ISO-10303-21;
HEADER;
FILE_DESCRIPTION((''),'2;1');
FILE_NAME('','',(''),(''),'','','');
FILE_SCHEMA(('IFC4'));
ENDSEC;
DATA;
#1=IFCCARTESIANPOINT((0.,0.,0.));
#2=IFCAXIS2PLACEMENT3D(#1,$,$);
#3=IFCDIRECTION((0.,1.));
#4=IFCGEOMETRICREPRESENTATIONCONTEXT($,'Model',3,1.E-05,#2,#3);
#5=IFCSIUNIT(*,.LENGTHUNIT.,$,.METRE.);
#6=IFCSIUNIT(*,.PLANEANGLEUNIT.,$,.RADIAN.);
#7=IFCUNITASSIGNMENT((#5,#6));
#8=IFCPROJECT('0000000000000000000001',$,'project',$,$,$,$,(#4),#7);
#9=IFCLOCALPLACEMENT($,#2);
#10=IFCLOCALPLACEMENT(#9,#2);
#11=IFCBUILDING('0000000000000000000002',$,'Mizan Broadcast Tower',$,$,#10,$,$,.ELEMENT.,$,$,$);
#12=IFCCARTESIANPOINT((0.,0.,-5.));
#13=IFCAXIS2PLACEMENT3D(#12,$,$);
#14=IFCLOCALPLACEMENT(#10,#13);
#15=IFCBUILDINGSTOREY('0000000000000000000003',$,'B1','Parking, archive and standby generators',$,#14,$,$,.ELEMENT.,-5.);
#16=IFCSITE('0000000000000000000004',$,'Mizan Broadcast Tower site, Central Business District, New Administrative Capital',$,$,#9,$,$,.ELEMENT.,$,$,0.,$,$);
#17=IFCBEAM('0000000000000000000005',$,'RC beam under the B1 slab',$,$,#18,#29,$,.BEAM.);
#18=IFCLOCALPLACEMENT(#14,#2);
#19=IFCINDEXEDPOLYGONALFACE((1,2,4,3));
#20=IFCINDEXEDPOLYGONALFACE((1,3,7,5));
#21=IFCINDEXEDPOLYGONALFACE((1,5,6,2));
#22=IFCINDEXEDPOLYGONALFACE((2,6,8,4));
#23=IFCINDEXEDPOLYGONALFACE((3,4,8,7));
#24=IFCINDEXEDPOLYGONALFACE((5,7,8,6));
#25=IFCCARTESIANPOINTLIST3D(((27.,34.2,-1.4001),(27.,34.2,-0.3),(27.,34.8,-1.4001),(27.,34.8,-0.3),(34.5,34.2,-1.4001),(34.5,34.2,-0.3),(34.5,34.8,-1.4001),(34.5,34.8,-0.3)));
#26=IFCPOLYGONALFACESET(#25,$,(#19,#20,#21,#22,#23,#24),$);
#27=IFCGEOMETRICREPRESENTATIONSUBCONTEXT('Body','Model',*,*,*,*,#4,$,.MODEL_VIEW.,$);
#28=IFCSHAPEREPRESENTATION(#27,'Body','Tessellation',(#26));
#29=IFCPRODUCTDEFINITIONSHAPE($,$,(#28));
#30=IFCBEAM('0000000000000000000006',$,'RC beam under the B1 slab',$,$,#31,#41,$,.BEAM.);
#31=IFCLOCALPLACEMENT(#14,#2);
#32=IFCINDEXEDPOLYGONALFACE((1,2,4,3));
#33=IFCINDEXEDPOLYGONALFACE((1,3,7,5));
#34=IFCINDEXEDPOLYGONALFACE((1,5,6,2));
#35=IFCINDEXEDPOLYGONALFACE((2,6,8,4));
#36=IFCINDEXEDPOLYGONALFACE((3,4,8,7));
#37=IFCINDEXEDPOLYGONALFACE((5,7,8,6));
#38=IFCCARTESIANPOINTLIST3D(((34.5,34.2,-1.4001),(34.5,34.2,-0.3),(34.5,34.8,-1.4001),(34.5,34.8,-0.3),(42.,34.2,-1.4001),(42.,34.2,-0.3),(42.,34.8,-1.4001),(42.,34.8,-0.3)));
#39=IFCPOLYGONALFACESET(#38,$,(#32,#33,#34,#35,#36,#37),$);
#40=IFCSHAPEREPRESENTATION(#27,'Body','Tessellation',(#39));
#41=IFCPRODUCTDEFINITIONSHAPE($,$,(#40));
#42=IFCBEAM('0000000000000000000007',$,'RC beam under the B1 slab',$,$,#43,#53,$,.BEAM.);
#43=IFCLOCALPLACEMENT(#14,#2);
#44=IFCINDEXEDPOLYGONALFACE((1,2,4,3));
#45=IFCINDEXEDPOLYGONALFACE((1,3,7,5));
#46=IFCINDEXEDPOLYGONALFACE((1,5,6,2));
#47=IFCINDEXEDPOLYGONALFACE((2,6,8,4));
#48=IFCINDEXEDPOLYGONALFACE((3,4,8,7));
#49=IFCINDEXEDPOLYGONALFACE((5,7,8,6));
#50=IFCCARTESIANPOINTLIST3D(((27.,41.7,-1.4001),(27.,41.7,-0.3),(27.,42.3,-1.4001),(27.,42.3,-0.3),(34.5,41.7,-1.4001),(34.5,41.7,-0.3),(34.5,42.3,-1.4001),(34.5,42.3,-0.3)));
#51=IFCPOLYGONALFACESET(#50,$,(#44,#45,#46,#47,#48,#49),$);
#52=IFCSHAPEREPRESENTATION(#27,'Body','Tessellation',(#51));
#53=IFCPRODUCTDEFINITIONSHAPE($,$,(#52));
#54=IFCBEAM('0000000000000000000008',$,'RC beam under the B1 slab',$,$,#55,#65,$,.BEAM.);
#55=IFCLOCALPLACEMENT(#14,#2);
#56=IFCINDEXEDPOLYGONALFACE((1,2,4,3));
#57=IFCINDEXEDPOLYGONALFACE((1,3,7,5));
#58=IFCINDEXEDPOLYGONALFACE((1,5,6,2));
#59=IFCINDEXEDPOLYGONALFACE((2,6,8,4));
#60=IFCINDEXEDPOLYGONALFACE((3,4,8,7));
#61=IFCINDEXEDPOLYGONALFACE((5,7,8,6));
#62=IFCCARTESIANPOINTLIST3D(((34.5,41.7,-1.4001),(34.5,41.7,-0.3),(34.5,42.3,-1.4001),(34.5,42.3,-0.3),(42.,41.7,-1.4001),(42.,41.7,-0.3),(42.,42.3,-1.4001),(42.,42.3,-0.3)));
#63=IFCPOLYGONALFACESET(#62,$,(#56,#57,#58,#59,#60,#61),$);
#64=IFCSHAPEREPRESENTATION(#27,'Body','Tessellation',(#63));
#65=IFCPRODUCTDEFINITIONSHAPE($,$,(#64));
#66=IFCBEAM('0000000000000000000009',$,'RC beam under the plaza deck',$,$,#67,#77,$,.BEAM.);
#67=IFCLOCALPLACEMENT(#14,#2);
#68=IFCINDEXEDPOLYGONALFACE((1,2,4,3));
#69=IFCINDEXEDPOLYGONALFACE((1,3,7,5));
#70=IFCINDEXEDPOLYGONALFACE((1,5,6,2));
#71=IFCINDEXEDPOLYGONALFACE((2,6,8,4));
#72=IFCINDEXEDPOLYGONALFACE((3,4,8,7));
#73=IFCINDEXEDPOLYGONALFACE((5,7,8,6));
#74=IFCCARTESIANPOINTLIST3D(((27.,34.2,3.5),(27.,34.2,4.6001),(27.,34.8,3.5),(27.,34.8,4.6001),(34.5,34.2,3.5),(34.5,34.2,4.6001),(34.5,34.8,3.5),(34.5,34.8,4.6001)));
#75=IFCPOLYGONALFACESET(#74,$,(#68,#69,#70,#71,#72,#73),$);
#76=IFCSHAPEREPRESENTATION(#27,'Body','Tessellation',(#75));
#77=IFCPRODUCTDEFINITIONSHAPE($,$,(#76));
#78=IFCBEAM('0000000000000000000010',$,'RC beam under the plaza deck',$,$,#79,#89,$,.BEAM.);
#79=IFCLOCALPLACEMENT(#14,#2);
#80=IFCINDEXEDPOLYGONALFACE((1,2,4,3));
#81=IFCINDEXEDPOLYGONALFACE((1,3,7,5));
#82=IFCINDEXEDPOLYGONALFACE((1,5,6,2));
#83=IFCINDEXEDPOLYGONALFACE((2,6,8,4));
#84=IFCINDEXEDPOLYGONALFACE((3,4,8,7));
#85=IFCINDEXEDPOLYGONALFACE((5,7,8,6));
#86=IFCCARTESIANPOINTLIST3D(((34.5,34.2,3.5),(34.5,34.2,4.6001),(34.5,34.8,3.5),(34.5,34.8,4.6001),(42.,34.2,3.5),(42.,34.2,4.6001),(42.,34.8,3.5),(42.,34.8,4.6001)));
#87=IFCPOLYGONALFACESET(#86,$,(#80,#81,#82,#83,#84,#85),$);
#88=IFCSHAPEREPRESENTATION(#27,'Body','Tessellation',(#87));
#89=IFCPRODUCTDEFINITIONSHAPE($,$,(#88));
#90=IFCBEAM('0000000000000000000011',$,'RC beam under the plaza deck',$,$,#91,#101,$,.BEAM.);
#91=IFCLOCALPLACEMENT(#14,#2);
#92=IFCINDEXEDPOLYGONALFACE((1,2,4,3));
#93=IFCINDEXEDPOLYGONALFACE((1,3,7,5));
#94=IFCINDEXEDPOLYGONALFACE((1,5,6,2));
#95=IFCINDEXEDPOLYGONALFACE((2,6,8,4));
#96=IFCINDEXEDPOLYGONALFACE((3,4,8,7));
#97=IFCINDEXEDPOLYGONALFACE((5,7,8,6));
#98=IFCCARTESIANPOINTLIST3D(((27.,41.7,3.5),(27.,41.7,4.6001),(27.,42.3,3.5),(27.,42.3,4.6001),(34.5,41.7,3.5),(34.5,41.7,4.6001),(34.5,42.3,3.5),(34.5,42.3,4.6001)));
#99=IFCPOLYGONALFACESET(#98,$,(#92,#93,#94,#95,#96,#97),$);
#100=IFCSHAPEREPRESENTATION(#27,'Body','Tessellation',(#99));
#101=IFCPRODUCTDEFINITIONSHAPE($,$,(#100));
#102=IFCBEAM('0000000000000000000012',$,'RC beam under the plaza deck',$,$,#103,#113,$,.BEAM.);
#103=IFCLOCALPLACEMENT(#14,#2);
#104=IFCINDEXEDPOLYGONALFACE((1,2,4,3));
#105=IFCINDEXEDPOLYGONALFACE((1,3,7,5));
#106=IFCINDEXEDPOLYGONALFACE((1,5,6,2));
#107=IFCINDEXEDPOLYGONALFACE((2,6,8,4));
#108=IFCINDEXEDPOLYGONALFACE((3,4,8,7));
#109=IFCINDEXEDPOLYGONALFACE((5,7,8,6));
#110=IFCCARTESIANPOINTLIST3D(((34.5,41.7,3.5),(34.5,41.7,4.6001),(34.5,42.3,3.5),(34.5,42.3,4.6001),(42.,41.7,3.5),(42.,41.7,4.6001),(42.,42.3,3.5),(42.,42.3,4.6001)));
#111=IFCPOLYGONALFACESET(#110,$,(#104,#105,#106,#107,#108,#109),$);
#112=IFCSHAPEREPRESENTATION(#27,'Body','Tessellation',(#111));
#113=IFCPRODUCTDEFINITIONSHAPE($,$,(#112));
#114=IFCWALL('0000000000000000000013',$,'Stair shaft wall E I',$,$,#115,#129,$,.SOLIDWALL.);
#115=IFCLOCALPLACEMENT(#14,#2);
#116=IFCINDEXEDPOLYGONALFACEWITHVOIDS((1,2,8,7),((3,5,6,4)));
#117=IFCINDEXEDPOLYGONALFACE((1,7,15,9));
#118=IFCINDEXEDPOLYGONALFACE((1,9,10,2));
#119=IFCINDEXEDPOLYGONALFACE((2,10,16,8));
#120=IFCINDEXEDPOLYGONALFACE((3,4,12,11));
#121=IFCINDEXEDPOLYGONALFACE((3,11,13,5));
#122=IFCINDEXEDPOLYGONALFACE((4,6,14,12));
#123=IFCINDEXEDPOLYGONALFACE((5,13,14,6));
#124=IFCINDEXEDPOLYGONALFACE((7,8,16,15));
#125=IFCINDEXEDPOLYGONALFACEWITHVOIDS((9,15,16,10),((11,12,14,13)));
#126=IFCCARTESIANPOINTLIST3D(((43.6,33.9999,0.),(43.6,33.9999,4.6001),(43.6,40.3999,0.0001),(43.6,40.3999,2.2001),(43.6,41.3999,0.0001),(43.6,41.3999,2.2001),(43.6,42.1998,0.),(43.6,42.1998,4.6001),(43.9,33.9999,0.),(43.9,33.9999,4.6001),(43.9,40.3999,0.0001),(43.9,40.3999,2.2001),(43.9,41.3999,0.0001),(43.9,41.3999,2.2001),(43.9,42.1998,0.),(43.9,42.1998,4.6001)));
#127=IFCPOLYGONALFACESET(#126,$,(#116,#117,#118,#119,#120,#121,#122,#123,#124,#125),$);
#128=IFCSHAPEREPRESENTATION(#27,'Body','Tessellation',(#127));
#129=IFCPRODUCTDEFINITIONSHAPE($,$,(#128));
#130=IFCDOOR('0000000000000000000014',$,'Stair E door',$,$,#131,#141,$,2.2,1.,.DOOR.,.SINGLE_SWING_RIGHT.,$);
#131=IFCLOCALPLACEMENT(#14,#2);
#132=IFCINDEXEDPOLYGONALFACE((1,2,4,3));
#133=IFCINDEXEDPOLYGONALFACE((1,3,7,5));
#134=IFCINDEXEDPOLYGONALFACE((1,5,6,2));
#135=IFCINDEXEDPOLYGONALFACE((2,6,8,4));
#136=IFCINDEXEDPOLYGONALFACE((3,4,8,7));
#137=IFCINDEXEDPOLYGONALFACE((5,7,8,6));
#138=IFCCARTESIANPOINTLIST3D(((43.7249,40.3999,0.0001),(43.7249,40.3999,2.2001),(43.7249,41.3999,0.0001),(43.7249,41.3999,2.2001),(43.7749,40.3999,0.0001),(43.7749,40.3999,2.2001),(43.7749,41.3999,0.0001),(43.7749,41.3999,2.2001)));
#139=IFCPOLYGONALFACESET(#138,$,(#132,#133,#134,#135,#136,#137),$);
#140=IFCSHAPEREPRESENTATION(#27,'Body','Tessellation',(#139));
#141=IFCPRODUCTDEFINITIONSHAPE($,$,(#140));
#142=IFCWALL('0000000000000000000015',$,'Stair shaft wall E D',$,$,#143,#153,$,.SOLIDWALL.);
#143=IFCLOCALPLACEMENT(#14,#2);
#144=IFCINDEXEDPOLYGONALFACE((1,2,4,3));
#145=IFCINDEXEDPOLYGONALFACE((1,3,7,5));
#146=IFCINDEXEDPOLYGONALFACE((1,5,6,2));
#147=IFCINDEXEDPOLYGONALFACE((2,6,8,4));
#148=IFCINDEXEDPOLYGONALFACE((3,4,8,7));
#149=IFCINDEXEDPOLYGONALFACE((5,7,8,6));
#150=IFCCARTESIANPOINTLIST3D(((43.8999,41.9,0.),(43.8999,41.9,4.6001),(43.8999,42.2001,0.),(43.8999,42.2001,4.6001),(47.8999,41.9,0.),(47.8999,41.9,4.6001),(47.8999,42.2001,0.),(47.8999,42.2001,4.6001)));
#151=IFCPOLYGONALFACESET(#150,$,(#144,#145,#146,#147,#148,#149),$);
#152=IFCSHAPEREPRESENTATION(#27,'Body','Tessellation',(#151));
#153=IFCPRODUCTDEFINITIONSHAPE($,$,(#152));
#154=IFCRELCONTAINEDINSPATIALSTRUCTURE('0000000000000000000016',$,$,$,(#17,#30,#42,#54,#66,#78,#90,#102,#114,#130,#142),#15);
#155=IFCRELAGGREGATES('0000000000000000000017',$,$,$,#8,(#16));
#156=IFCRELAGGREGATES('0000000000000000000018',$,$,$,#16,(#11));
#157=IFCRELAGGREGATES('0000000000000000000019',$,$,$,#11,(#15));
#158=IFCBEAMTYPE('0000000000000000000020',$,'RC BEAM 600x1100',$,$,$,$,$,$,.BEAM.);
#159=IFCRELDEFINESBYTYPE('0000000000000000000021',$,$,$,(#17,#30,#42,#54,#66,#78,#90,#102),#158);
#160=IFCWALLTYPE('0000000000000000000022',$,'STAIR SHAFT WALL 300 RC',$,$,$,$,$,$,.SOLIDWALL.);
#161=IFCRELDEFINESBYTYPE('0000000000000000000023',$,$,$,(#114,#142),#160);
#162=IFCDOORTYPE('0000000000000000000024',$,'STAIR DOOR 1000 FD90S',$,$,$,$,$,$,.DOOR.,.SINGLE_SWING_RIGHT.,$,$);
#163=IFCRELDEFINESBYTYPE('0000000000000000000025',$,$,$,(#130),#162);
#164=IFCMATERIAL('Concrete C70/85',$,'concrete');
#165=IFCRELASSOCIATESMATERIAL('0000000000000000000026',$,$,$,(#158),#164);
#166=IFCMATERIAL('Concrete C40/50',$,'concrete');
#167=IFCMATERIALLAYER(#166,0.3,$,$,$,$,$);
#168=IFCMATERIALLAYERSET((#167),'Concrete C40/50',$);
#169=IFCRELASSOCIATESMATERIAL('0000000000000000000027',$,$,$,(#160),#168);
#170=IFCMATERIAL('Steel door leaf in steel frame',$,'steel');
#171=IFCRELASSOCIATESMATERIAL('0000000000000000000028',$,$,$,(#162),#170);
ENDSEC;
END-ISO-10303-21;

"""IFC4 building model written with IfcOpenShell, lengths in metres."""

from ifc_helpers import new_model, si_unit, direction, frame, frame_2d, origin, origin_2d, place, context, subcontext, project, spatial, rectangle, extrude, material, layer, layer_set, material_profile, profile_set, type_object, element, fill, save


model = new_model("IFC4")

# Units and contexts
model_context = context("Model", 3, precision=1e-05, world=origin(), true_north=direction((0.0, 1.0)))
body_context = subcontext(model_context, "Body", "Model", "MODEL_VIEW")
ifc_project = project(units=[si_unit("LENGTHUNIT", "METRE"), si_unit("PLANEANGLEUNIT", "RADIAN")], contexts=[model_context])

# Site, building, storey
site_placement = place(None, origin())
site = spatial("IfcSite", under=ifc_project, at=site_placement, Name="Mizan Broadcast Tower site, Central Business District, New Administrative Capital", CompositionType="ELEMENT", RefElevation=0.0)
building_placement = place(site_placement, origin())
building = spatial("IfcBuilding", under=site, at=building_placement, Name="Mizan Broadcast Tower", CompositionType="ELEMENT")
storey_placement = place(building_placement, frame((0.0, 0.0, -5.0)))
storey = spatial("IfcBuildingStorey", under=building, at=storey_placement, Name="B1", Description="Parking, archive and standby generators", CompositionType="ELEMENT", Elevation=-5.0)

# Beams
ifc_material_1 = material(Name="Concrete C70/85", Category="concrete")
ifc_material_profile_1 = material_profile(ifc_material_1, rectangle(XDim=0.6001, YDim=1.1001, at=origin_2d()), Name="RC 600x1100")
ifc_profile_set_1 = profile_set([ifc_material_profile_1], Name="Concrete C70/85")
beam_type_1 = type_object("IfcBeamType", Name="RC BEAM 600x1100", PredefinedType="BEAM", material=ifc_profile_set_1)
for number, where, z_axis, x_axis, name in (
    (1, (27.0, 34.5, -0.8501), (1.0, 0.0, 0.0), (0.0, 1.0, 0.0), "RC beam under the B1 slab"),
    (2, (34.5, 34.5, -0.8501), (1.0, 0.0, 0.0), (0.0, 1.0, 0.0), "RC beam under the B1 slab"),
    (3, (27.0, 42.0, -0.8501), (1.0, 0.0, 0.0), (0.0, 1.0, 0.0), "RC beam under the B1 slab"),
    (4, (34.5, 42.0, -0.8501), (1.0, 0.0, 0.0), (0.0, 1.0, 0.0), "RC beam under the B1 slab"),
    (5, (27.0, 34.5, 4.05), (1.0, 0.0, 0.0), (0.0, 1.0, 0.0), "RC beam under the plaza deck"),
    (6, (34.5, 34.5, 4.05), (1.0, 0.0, 0.0), (0.0, 1.0, 0.0), "RC beam under the plaza deck"),
    (7, (27.0, 42.0, 4.05), (1.0, 0.0, 0.0), (0.0, 1.0, 0.0), "RC beam under the plaza deck"),
    (8, (34.5, 42.0, 4.05), (1.0, 0.0, 0.0), (0.0, 1.0, 0.0), "RC beam under the plaza deck"),
):
    element("IfcBeam", number, at=place(storey_placement, frame(where, z_axis=z_axis, x_axis=x_axis)), inside=storey, type_object=beam_type_1, Name=name, PredefinedType="BEAM", context=body_context, shape_type="SweptSolid", body=[
        extrude(rectangle(XDim=0.6001, YDim=1.1001, at=origin_2d()), origin(), (0.0, 0.0, 1.0), 7.5),
    ])

# Wall, opening, door
ifc_material_2 = material(Name="Concrete C40/50", Category="concrete")
ifc_layer = layer(ifc_material_2, 0.3)
ifc_layer_set = layer_set([ifc_layer], Name="Concrete C40/50")
wall_type = type_object("IfcWallType", Name="STAIR SHAFT WALL 300 RC", PredefinedType="SOLIDWALL", material=ifc_layer_set)
wall_1_placement = place(storey_placement, frame((43.75, 42.2, 0.0), z_axis=(0.0, 0.0, 1.0), x_axis=(0.0, -1.0, 0.0)))
wall_1 = element("IfcWall", 9, at=wall_1_placement, inside=storey, type_object=wall_type, Name="Stair shaft wall E I", PredefinedType="SOLIDWALL", context=body_context, shape_type="SweptSolid", body=[
    extrude(rectangle(XDim=8.2, YDim=0.3, at=frame_2d((4.1001, 0.0))), origin(), (0.0, 0.0, 1.0), 4.6001),
])
opening_placement = place(wall_1_placement, frame((0.8, 0.0, 0.0)))
opening = element("IfcOpeningElement", 10, at=opening_placement, cuts=wall_1, PredefinedType="OPENING", context=body_context, shape_type="SweptSolid", body=[
    extrude(rectangle(XDim=1.0, YDim=2.2, at=frame_2d((0.5, 1.1001))), frame((0.0, 0.1599, 0.0), z_axis=(0.0, -1.0, 0.0), x_axis=(1.0, 0.0, 0.0)), (0.0, 0.0, 1.0), 0.3201),
])
ifc_material_3 = material(Name="Steel door leaf in steel frame", Category="steel")
door_type = type_object("IfcDoorType", Name="STAIR DOOR 1000 FD90S", OperationType="SINGLE_SWING_RIGHT", PredefinedType="DOOR", material=ifc_material_3)
door_placement = place(opening_placement, origin())
door = element("IfcDoor", 11, at=door_placement, inside=storey, type_object=door_type, Name="Stair E door", OperationType="SINGLE_SWING_RIGHT", OverallHeight=2.2, OverallWidth=1.0, PredefinedType="DOOR", context=body_context, shape_type="SweptSolid", body=[
    extrude(rectangle(XDim=1.0, YDim=2.2, at=frame_2d((0.5, 1.1001))), frame((0.0, 0.0249, 0.0), z_axis=(0.0, -1.0, 0.0), x_axis=(1.0, 0.0, 0.0)), (0.0, 0.0, 1.0), 0.05),
])
fill(opening, door)

# Wall
wall_2_placement = place(storey_placement, frame((43.8999, 42.05, 0.0), z_axis=(0.0, 0.0, 1.0), x_axis=(1.0, 0.0, 0.0)))
element("IfcWall", 12, at=wall_2_placement, inside=storey, type_object=wall_type, Name="Stair shaft wall E D", PredefinedType="SOLIDWALL", context=body_context, shape_type="SweptSolid", body=[
    extrude(rectangle(XDim=4.0, YDim=0.3, at=frame_2d((2.0, 0.0))), origin(), (0.0, 0.0, 1.0), 4.6001),
])

save(model, "model.ifc")
